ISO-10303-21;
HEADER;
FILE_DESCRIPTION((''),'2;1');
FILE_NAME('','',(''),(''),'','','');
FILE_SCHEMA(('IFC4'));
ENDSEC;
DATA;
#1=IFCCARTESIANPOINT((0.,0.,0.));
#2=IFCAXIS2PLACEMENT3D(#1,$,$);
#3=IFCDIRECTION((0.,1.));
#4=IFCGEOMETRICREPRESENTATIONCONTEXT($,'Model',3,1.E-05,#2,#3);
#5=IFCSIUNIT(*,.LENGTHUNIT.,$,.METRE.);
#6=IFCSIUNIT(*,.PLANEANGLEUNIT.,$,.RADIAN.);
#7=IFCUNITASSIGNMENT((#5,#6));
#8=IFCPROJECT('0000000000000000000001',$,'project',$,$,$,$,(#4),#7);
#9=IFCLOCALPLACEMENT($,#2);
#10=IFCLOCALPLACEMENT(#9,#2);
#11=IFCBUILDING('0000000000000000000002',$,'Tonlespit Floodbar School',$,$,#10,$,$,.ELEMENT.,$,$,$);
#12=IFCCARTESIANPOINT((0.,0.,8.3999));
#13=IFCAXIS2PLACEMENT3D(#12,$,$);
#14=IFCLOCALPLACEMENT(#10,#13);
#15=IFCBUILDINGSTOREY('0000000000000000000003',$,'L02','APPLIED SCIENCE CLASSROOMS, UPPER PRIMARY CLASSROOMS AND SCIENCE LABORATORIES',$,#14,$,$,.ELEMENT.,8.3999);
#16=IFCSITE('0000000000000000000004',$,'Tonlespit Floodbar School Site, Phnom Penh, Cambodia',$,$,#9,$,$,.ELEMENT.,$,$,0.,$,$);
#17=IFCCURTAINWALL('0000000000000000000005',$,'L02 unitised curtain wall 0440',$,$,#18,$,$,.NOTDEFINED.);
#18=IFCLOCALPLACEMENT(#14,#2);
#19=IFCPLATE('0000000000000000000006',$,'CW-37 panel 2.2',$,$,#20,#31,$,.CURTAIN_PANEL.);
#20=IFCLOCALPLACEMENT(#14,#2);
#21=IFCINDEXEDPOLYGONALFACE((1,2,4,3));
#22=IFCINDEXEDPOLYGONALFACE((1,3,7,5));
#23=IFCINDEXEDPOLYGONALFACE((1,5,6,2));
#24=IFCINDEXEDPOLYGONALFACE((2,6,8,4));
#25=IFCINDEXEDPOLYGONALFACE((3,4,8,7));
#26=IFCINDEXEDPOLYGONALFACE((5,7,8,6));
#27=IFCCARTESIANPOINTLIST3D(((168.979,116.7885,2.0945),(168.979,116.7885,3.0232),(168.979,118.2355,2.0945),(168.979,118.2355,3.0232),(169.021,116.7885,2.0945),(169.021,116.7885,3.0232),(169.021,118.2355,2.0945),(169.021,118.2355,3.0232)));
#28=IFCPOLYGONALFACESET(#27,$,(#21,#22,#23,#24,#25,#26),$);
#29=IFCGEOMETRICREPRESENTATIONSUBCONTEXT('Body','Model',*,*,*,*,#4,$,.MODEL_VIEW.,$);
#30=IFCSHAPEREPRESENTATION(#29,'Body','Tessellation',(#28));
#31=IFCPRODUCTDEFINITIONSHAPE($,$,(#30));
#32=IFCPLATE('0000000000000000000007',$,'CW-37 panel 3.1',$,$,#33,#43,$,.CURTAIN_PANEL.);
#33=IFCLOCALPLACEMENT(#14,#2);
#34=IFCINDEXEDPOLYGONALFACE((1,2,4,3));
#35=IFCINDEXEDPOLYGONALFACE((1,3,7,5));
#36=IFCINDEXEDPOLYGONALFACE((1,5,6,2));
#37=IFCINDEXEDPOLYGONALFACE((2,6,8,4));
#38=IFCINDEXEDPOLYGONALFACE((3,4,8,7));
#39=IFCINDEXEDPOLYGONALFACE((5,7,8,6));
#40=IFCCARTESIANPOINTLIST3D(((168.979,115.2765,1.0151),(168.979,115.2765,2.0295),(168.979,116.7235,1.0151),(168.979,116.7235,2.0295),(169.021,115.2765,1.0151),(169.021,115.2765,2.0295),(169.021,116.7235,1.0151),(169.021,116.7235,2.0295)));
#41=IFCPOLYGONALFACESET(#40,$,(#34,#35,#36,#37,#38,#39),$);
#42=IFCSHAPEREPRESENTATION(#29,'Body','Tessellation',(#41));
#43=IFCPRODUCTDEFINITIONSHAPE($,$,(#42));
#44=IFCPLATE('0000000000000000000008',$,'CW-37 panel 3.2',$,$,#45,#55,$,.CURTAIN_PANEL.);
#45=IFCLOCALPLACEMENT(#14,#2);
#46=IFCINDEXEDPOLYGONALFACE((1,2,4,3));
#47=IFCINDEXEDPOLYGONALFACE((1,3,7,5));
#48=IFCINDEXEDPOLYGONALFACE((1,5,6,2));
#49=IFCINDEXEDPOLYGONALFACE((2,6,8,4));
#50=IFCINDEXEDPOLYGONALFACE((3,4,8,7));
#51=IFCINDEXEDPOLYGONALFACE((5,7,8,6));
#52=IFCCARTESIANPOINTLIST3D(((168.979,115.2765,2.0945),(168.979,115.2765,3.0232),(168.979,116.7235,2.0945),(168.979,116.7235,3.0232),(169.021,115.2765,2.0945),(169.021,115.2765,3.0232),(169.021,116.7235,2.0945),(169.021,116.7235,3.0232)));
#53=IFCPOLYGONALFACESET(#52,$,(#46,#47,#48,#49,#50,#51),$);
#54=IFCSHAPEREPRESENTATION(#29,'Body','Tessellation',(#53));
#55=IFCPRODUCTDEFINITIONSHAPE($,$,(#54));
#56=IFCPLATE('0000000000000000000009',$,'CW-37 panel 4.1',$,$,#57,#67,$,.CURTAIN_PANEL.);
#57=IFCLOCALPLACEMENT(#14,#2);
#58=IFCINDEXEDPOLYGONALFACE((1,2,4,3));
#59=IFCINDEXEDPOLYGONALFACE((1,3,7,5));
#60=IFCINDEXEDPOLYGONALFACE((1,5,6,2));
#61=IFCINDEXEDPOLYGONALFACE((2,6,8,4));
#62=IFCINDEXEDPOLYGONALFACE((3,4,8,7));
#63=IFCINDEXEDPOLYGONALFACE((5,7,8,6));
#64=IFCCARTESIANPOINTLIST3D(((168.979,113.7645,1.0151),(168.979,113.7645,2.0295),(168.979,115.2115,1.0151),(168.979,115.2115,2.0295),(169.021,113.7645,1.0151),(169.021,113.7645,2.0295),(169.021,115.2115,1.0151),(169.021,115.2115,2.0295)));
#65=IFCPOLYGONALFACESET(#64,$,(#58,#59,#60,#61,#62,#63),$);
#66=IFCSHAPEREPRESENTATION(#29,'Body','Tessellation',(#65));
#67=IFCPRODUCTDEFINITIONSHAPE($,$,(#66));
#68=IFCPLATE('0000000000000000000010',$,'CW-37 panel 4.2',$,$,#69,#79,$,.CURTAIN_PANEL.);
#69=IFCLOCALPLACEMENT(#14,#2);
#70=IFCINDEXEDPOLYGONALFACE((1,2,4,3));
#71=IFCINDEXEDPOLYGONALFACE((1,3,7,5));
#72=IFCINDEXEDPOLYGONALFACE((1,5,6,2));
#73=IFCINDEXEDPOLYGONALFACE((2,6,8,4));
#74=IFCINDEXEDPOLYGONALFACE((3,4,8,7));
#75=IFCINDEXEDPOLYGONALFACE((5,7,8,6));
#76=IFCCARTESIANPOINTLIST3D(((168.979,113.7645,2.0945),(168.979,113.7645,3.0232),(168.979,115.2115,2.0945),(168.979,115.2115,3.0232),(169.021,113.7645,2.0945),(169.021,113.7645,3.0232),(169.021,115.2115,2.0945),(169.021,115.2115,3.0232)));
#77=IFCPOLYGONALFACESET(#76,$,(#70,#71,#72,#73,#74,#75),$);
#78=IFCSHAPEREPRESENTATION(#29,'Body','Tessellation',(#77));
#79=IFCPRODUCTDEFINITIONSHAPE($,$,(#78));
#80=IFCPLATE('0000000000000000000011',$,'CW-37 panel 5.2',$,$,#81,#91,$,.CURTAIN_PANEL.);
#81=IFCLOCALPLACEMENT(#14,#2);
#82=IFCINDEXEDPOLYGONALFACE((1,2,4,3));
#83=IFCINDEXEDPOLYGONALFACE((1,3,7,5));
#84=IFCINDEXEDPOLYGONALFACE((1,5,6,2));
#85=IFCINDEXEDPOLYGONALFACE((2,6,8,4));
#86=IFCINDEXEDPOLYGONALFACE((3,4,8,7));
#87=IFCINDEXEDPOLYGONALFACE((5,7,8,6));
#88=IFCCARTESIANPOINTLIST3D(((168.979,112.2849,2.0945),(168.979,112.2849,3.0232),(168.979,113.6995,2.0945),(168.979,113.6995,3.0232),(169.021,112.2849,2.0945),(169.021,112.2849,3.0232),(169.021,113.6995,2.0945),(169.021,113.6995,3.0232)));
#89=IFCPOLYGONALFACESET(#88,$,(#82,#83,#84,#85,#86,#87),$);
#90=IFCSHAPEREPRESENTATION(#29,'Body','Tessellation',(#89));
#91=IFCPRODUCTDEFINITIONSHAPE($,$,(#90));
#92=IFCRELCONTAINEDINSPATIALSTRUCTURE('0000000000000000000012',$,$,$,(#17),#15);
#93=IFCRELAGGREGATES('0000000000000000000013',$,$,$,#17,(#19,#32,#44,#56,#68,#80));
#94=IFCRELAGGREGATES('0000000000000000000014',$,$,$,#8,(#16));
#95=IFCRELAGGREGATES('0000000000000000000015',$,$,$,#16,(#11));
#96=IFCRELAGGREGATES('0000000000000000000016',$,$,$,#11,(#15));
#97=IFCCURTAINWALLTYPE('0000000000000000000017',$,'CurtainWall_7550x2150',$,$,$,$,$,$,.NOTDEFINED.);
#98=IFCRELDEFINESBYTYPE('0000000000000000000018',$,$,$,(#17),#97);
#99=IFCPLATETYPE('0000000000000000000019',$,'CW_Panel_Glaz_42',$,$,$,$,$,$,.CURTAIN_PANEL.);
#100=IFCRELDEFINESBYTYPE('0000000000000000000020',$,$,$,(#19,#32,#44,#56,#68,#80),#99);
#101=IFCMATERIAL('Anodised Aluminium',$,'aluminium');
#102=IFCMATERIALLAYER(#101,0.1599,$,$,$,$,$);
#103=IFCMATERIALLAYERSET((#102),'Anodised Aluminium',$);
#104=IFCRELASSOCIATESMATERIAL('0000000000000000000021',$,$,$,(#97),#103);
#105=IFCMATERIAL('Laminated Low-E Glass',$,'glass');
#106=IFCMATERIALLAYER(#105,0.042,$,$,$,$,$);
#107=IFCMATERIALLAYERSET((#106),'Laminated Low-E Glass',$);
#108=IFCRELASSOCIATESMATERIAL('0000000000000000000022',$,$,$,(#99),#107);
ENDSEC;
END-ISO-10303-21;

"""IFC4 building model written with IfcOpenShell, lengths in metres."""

from ifc_helpers import new_model, si_unit, direction, frame, origin, origin_2d, place, context, subcontext, project, spatial, rectangle, extrude, material, layer, layer_set, type_object, element, aggregate, save


model = new_model("IFC4")

# Units and contexts
model_context = context("Model", 3, precision=1e-05, world=origin(), true_north=direction((0.0, 1.0)))
body_context = subcontext(model_context, "Body", "Model", "MODEL_VIEW")
ifc_project = project(units=[si_unit("LENGTHUNIT", "METRE"), si_unit("PLANEANGLEUNIT", "RADIAN")], contexts=[model_context])

# Site, building, storey
site_placement = place(None, origin())
site = spatial("IfcSite", under=ifc_project, at=site_placement, Name="Tonlespit Floodbar School Site, Phnom Penh, Cambodia", CompositionType="ELEMENT", RefElevation=0.0)
building_placement = place(site_placement, origin())
building = spatial("IfcBuilding", under=site, at=building_placement, Name="Tonlespit Floodbar School", CompositionType="ELEMENT")
storey_placement = place(building_placement, frame((0.0, 0.0, 8.3999)))
storey = spatial("IfcBuildingStorey", under=building, at=storey_placement, Name="L02", Description="APPLIED SCIENCE CLASSROOMS, UPPER PRIMARY CLASSROOMS AND SCIENCE LABORATORIES", CompositionType="ELEMENT", Elevation=8.3999)

# Curtain wall, plates
ifc_material_1 = material(Name="Anodised Aluminium", Category="aluminium")
ifc_layer_1 = layer(ifc_material_1, 0.1599)
ifc_layer_set_1 = layer_set([ifc_layer_1], Name="Anodised Aluminium")
curtain_wall_type = type_object("IfcCurtainWallType", Name="CurtainWall_7550x2150", PredefinedType="NOTDEFINED", material=ifc_layer_set_1)
curtain_wall_placement = place(storey_placement, origin())
curtain_wall = element("IfcCurtainWall", 1, at=curtain_wall_placement, inside=storey, type_object=curtain_wall_type, Name="L02 unitised curtain wall 0440", PredefinedType="NOTDEFINED")
ifc_material_2 = material(Name="Laminated Low-E Glass", Category="glass")
ifc_layer_2 = layer(ifc_material_2, 0.042)
ifc_layer_set_2 = layer_set([ifc_layer_2], Name="Laminated Low-E Glass")
plate_type = type_object("IfcPlateType", Name="CW_Panel_Glaz_42", PredefinedType="CURTAIN_PANEL", material=ifc_layer_set_2)
plate_1_placement = place(storey_placement, frame((169.0, 117.512, 2.0945), z_axis=(0.0, 0.0, 1.0), x_axis=(0.0, -1.0, 0.0)))
plate_1 = element("IfcPlate", 2, at=plate_1_placement, type_object=plate_type, Name="CW-37 panel 2.2", PredefinedType="CURTAIN_PANEL", context=body_context, shape_type="SweptSolid", body=[
    extrude(rectangle(XDim=1.447, YDim=0.042, at=origin_2d()), origin(), (0.0, 0.0, 1.0), 0.9287),
])
plate_2_placement = place(storey_placement, frame((169.0, 116.0, 1.0151), z_axis=(0.0, 0.0, 1.0), x_axis=(0.0, -1.0, 0.0)))
plate_2 = element("IfcPlate", 3, at=plate_2_placement, type_object=plate_type, Name="CW-37 panel 3.1", PredefinedType="CURTAIN_PANEL", context=body_context, shape_type="SweptSolid", body=[
    extrude(rectangle(XDim=1.447, YDim=0.042, at=origin_2d()), origin(), (0.0, 0.0, 1.0), 1.0144),
])
plate_3_placement = place(storey_placement, frame((169.0, 116.0, 2.0945), z_axis=(0.0, 0.0, 1.0), x_axis=(0.0, -1.0, 0.0)))
plate_3 = element("IfcPlate", 4, at=plate_3_placement, type_object=plate_type, Name="CW-37 panel 3.2", PredefinedType="CURTAIN_PANEL", context=body_context, shape_type="SweptSolid", body=[
    extrude(rectangle(XDim=1.447, YDim=0.042, at=origin_2d()), origin(), (0.0, 0.0, 1.0), 0.9287),
])
plate_4_placement = place(storey_placement, frame((169.0, 114.488, 1.0151), z_axis=(0.0, 0.0, 1.0), x_axis=(0.0, -1.0, 0.0)))
plate_4 = element("IfcPlate", 5, at=plate_4_placement, type_object=plate_type, Name="CW-37 panel 4.1", PredefinedType="CURTAIN_PANEL", context=body_context, shape_type="SweptSolid", body=[
    extrude(rectangle(XDim=1.447, YDim=0.042, at=origin_2d()), origin(), (0.0, 0.0, 1.0), 1.0144),
])
plate_5_placement = place(storey_placement, frame((169.0, 114.488, 2.0945), z_axis=(0.0, 0.0, 1.0), x_axis=(0.0, -1.0, 0.0)))
plate_5 = element("IfcPlate", 6, at=plate_5_placement, type_object=plate_type, Name="CW-37 panel 4.2", PredefinedType="CURTAIN_PANEL", context=body_context, shape_type="SweptSolid", body=[
    extrude(rectangle(XDim=1.447, YDim=0.042, at=origin_2d()), origin(), (0.0, 0.0, 1.0), 0.9287),
])
plate_6_placement = place(storey_placement, frame((169.0, 112.9922, 2.0945), z_axis=(0.0, 0.0, 1.0), x_axis=(0.0, -1.0, 0.0)))
plate_6 = element("IfcPlate", 7, at=plate_6_placement, type_object=plate_type, Name="CW-37 panel 5.2", PredefinedType="CURTAIN_PANEL", context=body_context, shape_type="SweptSolid", body=[
    extrude(rectangle(XDim=1.4146, YDim=0.042, at=origin_2d()), origin(), (0.0, 0.0, 1.0), 0.9287),
])
aggregate(curtain_wall, [plate_1, plate_2, plate_3, plate_4, plate_5, plate_6])

save(model, "model.ifc")
